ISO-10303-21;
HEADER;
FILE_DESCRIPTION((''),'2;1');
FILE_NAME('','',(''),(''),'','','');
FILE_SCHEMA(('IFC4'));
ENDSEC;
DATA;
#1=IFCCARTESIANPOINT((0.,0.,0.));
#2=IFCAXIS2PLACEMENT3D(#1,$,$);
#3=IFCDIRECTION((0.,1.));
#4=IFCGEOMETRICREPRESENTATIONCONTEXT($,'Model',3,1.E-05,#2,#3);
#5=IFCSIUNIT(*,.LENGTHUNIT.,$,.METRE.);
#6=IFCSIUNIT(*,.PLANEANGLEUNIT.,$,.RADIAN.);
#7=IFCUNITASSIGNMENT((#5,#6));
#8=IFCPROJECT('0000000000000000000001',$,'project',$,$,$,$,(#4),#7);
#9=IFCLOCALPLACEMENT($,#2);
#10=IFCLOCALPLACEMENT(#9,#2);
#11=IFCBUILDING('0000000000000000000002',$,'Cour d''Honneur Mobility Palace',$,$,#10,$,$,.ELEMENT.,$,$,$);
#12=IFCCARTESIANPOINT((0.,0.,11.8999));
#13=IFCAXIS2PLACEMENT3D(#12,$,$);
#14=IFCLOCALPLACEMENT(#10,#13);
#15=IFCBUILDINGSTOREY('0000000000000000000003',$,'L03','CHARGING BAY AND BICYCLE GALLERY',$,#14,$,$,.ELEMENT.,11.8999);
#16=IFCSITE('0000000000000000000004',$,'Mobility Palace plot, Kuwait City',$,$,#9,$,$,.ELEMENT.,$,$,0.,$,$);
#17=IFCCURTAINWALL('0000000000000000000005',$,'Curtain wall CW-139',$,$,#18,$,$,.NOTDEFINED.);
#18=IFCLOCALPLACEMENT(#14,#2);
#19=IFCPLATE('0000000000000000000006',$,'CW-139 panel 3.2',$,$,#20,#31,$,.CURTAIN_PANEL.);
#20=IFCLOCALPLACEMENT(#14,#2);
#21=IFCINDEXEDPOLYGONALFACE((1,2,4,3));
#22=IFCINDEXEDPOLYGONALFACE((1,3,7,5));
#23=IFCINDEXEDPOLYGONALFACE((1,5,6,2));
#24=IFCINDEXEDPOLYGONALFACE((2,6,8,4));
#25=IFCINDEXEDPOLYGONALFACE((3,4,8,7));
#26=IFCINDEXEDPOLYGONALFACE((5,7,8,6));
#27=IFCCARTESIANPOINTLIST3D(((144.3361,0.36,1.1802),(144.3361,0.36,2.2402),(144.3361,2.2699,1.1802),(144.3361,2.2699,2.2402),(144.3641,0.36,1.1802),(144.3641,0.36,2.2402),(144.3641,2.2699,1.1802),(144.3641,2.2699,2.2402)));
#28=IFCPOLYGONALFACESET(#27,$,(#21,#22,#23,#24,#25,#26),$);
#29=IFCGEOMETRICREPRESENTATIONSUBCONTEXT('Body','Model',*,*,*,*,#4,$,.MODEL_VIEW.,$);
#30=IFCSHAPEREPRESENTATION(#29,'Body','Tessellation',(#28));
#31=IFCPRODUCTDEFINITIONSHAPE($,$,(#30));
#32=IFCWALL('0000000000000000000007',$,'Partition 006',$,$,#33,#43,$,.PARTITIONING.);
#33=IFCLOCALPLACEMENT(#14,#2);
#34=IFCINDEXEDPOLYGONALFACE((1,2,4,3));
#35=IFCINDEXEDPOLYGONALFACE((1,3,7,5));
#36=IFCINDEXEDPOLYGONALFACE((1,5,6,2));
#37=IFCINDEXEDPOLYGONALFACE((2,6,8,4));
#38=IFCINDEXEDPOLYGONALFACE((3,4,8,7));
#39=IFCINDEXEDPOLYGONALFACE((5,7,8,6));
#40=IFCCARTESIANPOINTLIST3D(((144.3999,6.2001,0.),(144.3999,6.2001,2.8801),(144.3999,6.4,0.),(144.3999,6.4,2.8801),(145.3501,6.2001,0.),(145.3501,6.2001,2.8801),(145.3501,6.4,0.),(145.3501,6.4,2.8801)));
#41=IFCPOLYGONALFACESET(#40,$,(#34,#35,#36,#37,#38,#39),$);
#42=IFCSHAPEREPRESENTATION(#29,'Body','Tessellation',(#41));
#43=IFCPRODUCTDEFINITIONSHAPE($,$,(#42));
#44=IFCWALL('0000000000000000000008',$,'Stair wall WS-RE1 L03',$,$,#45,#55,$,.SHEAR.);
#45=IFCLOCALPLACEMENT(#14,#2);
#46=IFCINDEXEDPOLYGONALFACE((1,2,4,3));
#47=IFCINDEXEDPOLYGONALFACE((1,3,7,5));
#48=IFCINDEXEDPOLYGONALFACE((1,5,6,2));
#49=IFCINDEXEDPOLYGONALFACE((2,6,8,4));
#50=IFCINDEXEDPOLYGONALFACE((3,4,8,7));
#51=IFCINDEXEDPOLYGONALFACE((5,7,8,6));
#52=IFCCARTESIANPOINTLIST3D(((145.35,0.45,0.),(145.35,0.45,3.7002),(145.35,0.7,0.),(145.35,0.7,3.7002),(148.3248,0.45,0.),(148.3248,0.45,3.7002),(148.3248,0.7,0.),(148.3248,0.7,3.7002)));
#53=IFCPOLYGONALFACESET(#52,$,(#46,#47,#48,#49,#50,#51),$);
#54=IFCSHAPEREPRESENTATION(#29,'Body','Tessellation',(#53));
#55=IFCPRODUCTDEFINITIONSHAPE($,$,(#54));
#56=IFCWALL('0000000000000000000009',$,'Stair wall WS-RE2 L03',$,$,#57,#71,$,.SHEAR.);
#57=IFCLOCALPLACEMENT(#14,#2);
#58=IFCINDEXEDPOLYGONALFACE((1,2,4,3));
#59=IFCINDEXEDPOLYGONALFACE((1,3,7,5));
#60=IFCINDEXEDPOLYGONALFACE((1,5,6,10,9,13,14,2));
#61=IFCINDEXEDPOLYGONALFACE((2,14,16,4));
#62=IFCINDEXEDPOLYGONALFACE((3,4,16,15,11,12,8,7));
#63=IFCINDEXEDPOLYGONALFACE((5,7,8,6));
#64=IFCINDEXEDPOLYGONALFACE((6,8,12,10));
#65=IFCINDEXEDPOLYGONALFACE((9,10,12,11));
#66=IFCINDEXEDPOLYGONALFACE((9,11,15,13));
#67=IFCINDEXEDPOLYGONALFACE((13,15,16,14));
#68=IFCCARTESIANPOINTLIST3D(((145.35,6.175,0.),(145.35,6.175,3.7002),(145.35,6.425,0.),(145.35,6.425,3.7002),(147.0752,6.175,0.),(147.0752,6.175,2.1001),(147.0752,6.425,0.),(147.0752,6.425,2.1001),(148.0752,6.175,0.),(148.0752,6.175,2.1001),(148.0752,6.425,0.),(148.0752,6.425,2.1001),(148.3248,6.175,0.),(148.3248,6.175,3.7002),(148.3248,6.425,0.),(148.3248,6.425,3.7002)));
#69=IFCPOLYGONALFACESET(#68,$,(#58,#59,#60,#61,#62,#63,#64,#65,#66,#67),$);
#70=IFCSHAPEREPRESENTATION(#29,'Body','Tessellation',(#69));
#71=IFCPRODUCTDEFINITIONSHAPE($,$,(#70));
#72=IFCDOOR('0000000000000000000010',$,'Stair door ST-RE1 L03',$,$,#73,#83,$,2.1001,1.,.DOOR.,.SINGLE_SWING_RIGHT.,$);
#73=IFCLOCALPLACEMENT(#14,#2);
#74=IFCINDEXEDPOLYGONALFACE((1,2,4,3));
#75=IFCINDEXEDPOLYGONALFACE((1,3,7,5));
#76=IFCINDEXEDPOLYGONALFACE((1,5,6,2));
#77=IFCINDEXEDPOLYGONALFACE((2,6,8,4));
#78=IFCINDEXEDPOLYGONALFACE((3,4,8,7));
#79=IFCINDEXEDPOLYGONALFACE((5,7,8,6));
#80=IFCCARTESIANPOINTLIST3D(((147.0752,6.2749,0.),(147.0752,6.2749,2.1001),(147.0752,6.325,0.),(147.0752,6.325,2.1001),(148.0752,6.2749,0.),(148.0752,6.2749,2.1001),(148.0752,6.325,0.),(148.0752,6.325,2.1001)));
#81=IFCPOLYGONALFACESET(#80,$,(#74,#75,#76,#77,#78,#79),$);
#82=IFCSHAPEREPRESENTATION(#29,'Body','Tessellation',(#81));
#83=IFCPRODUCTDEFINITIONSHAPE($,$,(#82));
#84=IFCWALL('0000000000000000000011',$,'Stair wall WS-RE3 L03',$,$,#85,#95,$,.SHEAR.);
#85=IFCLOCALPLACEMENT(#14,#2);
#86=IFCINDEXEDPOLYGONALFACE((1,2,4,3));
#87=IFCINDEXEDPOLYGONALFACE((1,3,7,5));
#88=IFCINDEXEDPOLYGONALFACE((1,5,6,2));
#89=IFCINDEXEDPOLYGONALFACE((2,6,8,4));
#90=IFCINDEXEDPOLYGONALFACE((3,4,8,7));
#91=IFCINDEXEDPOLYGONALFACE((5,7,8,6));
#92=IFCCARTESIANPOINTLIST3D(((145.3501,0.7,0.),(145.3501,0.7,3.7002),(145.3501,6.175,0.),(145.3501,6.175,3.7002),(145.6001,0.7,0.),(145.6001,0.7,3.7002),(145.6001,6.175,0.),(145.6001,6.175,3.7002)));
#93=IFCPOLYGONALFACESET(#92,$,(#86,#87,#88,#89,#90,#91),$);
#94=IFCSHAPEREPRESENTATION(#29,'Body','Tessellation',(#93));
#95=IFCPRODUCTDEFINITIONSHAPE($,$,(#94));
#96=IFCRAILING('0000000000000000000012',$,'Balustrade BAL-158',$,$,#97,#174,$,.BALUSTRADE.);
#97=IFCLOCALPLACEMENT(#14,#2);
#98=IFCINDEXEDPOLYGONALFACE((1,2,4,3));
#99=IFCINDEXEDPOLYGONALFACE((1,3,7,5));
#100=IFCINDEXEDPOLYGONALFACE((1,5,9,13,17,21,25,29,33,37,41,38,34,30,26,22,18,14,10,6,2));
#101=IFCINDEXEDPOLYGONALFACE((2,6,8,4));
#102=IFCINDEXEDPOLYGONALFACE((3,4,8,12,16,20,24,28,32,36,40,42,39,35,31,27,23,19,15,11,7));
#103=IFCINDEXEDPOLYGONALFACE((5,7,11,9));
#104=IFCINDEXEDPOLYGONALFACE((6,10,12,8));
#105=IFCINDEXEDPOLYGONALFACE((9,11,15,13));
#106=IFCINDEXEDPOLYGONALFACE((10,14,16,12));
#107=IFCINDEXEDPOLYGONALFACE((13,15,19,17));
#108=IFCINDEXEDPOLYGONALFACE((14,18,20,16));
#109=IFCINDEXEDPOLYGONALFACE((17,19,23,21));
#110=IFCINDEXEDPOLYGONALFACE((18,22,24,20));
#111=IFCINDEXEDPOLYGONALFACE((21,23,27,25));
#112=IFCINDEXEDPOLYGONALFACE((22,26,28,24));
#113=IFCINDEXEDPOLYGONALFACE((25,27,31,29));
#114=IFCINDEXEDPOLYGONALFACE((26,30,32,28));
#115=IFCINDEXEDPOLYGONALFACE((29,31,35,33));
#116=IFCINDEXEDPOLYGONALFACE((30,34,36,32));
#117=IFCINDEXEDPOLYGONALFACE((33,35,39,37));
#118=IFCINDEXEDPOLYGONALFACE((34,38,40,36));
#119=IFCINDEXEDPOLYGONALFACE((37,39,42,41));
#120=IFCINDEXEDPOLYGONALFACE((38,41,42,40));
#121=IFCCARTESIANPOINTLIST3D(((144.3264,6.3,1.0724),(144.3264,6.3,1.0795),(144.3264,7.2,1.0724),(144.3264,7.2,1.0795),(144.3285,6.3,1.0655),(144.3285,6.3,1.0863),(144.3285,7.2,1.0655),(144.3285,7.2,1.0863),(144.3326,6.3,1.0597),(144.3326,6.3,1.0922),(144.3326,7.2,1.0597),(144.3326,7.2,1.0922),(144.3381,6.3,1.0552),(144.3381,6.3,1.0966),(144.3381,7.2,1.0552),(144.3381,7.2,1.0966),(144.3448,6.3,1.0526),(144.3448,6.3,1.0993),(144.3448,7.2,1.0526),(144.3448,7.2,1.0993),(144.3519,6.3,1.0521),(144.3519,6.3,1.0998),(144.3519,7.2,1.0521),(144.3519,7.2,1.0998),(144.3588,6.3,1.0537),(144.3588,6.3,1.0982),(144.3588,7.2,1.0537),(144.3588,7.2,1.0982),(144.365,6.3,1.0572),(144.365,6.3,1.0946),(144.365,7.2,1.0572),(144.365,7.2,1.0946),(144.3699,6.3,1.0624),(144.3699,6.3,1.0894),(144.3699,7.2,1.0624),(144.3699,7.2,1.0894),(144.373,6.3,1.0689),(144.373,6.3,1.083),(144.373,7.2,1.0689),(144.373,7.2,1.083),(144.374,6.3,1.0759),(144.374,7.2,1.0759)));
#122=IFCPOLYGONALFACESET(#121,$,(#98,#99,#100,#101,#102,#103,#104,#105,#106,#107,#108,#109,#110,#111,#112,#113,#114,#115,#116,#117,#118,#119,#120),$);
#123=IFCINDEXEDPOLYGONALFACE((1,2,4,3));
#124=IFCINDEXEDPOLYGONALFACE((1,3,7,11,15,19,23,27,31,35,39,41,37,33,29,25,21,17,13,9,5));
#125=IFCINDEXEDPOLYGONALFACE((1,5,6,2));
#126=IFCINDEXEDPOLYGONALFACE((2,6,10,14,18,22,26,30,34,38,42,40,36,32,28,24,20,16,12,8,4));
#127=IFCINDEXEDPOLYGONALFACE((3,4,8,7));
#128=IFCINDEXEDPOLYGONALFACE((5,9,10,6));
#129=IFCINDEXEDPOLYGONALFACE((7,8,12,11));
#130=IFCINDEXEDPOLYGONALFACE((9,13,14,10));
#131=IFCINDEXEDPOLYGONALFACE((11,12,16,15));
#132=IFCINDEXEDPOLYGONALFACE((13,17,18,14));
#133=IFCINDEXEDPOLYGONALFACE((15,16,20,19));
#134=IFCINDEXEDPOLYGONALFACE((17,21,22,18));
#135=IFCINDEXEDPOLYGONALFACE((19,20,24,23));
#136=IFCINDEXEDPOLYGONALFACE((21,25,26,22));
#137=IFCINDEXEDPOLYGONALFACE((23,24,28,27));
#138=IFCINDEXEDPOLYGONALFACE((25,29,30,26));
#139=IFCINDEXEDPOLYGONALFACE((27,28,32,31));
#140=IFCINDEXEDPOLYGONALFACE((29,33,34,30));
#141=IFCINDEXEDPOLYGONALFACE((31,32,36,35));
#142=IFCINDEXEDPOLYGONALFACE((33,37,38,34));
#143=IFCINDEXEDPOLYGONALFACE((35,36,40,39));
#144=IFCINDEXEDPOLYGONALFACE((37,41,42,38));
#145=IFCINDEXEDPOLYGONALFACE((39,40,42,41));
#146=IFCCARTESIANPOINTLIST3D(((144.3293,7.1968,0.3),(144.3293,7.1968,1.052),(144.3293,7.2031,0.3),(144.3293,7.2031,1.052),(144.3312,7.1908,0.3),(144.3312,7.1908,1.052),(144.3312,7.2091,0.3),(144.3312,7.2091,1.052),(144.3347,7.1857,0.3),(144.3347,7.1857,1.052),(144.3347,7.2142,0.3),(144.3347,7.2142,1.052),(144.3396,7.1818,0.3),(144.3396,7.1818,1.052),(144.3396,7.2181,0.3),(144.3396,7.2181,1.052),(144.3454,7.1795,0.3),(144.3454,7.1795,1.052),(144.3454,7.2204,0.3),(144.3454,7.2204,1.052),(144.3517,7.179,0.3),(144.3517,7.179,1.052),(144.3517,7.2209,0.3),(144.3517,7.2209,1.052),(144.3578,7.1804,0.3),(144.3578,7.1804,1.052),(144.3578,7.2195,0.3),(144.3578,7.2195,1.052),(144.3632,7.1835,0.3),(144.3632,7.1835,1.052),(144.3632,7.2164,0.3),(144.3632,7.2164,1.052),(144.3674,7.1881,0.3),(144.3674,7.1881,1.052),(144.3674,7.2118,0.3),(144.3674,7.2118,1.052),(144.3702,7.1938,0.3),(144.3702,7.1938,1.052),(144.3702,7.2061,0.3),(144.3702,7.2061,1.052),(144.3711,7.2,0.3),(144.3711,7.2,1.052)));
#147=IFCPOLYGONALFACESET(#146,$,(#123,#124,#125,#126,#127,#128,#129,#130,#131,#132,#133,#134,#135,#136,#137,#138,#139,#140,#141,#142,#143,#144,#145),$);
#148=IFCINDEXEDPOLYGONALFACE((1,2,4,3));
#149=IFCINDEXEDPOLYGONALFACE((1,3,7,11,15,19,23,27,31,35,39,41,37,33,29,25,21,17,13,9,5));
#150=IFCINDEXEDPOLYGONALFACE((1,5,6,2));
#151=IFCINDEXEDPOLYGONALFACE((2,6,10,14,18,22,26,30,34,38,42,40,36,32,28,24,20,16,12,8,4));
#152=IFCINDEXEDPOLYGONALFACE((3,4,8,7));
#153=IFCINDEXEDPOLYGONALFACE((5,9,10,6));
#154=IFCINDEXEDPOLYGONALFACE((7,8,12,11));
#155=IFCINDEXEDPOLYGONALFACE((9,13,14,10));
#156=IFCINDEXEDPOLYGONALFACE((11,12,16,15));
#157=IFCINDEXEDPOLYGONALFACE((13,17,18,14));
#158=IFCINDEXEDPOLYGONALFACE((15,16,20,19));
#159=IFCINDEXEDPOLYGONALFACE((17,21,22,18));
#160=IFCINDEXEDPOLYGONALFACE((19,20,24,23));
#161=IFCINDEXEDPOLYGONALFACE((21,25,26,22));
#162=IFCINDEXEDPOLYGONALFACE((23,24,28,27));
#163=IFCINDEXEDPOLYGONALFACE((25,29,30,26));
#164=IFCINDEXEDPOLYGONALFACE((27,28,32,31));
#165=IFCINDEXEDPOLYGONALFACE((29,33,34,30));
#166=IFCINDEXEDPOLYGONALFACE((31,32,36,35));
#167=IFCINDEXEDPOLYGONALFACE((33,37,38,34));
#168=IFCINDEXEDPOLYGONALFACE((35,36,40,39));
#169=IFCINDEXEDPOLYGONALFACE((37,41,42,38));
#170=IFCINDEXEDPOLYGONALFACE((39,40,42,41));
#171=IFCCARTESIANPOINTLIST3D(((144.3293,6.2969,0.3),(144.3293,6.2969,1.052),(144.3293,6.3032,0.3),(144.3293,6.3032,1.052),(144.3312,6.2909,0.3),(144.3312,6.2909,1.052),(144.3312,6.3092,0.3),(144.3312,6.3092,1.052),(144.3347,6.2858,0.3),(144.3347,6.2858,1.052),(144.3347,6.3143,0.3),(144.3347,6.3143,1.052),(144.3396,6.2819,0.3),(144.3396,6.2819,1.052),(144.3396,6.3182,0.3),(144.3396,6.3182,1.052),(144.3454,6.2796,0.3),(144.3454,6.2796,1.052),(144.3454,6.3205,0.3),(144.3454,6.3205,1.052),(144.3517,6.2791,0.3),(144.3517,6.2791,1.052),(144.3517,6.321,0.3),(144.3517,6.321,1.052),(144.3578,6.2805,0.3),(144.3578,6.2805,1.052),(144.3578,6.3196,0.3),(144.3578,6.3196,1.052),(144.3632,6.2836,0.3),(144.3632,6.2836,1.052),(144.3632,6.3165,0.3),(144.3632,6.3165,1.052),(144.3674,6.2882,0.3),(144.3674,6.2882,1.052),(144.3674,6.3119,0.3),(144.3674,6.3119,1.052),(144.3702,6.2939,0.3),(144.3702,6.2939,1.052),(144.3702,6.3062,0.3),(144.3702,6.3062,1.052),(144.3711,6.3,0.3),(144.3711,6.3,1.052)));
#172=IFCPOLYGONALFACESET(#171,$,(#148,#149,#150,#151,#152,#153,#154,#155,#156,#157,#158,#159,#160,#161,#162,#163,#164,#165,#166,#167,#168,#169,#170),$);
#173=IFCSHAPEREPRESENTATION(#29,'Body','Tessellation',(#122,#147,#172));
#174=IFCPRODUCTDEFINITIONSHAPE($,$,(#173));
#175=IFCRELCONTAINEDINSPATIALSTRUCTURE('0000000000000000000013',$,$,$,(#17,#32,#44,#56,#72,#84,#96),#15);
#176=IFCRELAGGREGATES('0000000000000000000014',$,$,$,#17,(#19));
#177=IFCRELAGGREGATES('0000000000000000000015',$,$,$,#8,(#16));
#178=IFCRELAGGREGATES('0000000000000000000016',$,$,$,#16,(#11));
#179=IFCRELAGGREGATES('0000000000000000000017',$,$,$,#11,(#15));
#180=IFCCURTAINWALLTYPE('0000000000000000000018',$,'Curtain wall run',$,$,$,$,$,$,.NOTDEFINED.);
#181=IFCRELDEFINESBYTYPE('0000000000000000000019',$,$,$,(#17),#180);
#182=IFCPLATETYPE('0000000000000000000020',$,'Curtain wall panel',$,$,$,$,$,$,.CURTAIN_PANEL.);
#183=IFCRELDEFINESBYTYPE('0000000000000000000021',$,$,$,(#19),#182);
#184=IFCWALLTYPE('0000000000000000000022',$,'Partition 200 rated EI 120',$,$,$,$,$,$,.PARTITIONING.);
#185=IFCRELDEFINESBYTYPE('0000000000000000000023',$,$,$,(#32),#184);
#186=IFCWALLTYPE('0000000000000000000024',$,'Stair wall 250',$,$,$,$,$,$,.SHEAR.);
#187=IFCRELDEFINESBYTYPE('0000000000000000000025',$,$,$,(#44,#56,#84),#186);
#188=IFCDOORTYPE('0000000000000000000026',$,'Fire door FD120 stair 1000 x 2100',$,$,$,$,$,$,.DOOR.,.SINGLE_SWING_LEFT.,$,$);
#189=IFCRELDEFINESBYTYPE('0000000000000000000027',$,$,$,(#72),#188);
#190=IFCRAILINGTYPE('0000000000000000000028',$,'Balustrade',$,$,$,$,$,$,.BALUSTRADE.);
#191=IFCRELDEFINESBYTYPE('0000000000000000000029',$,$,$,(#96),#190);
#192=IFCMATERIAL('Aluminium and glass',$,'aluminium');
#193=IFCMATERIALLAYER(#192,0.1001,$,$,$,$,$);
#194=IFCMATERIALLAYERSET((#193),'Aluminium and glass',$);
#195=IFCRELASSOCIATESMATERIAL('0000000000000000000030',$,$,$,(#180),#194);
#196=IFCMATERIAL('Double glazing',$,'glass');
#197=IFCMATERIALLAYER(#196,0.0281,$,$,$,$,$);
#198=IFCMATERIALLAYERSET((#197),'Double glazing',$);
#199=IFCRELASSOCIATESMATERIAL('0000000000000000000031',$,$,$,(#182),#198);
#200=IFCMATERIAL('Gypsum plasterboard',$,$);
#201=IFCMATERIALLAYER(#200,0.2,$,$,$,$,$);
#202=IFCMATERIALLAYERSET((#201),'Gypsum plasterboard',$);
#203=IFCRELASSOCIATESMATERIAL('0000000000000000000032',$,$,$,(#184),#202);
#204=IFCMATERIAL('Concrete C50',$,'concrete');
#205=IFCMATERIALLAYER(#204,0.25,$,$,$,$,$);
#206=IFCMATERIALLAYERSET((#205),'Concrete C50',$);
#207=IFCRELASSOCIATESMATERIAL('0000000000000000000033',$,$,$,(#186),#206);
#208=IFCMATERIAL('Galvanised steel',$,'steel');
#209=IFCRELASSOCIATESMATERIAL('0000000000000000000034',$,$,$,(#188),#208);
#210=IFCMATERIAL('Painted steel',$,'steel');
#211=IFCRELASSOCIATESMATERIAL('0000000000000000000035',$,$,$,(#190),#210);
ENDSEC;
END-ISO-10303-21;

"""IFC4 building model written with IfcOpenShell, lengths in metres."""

from ifc_helpers import new_model, si_unit, direction, frame, frame_2d, origin, origin_2d, place, context, subcontext, project, spatial, rectangle, circle, extrude, material, layer, layer_set, type_object, element, fill, aggregate, save


model = new_model("IFC4")

# Units and contexts
model_context = context("Model", 3, precision=1e-05, world=origin(), true_north=direction((0.0, 1.0)))
body_context = subcontext(model_context, "Body", "Model", "MODEL_VIEW")
ifc_project = project(units=[si_unit("LENGTHUNIT", "METRE"), si_unit("PLANEANGLEUNIT", "RADIAN")], contexts=[model_context])

# Site, building, storey
site_placement = place(None, origin())
site = spatial("IfcSite", under=ifc_project, at=site_placement, Name="Mobility Palace plot, Kuwait City", CompositionType="ELEMENT", RefElevation=0.0)
building_placement = place(site_placement, origin())
building = spatial("IfcBuilding", under=site, at=building_placement, Name="Cour d'Honneur Mobility Palace", CompositionType="ELEMENT")
storey_placement = place(building_placement, frame((0.0, 0.0, 11.8999)))
storey = spatial("IfcBuildingStorey", under=building, at=storey_placement, Name="L03", Description="CHARGING BAY AND BICYCLE GALLERY", CompositionType="ELEMENT", Elevation=11.8999)

# Curtain wall
ifc_material_1 = material(Name="Aluminium and glass", Category="aluminium")
ifc_layer_1 = layer(ifc_material_1, 0.1001)
ifc_layer_set_1 = layer_set([ifc_layer_1], Name="Aluminium and glass")
curtain_wall_type = type_object("IfcCurtainWallType", Name="Curtain wall run", PredefinedType="NOTDEFINED", material=ifc_layer_set_1)
curtain_wall_1_placement = place(storey_placement, origin())
curtain_wall_1 = element("IfcCurtainWall", 1, at=curtain_wall_1_placement, inside=storey, type_object=curtain_wall_type, Name="Curtain wall CW-139", PredefinedType="NOTDEFINED")

# Plate
ifc_material_2 = material(Name="Double glazing", Category="glass")
ifc_layer_2 = layer(ifc_material_2, 0.0281)
ifc_layer_set_2 = layer_set([ifc_layer_2], Name="Double glazing")
plate_type = type_object("IfcPlateType", Name="Curtain wall panel", PredefinedType="CURTAIN_PANEL", material=ifc_layer_set_2)
plate_1_placement = place(storey_placement, frame((144.3501, 1.3149, 1.1802), z_axis=(0.0, 0.0, 1.0), x_axis=(0.0, -1.0, 0.0)))
plate_1 = element("IfcPlate", 2, at=plate_1_placement, type_object=plate_type, Name="CW-139 panel 3.2", PredefinedType="CURTAIN_PANEL", context=body_context, shape_type="SweptSolid", body=[
    extrude(rectangle(XDim=1.9099, YDim=0.0281, at=origin_2d()), origin(), (0.0, 0.0, 1.0), 1.0601),
])
aggregate(curtain_wall_1, [plate_1])

# Walls
ifc_material_3 = material(Name="Gypsum plasterboard")
ifc_layer_3 = layer(ifc_material_3, 0.2)
ifc_layer_set_3 = layer_set([ifc_layer_3], Name="Gypsum plasterboard")
wall_type_1 = type_object("IfcWallType", Name="Partition 200 rated EI 120", PredefinedType="PARTITIONING", material=ifc_layer_set_3)
wall_1_placement = place(storey_placement, frame((144.3999, 6.3, 0.0), z_axis=(0.0, 0.0, 1.0), x_axis=(1.0, 0.0, 0.0)))
element("IfcWall", 3, at=wall_1_placement, inside=storey, type_object=wall_type_1, Name="Partition 006", PredefinedType="PARTITIONING", context=body_context, shape_type="SweptSolid", body=[
    extrude(rectangle(XDim=0.9502, YDim=0.2, at=frame_2d((0.4751, 0.0))), origin(), (0.0, 0.0, 1.0), 2.8801),
])
ifc_material_4 = material(Name="Concrete C50", Category="concrete")
ifc_layer_4 = layer(ifc_material_4, 0.25)
ifc_layer_set_4 = layer_set([ifc_layer_4], Name="Concrete C50")
wall_type_2 = type_object("IfcWallType", Name="Stair wall 250", PredefinedType="SHEAR", material=ifc_layer_set_4)
wall_2_placement = place(storey_placement, frame((145.3501, 0.575, 0.0), z_axis=(0.0, 0.0, 1.0), x_axis=(1.0, 0.0, 0.0)))
element("IfcWall", 4, at=wall_2_placement, inside=storey, type_object=wall_type_2, Name="Stair wall WS-RE1 L03", PredefinedType="SHEAR", context=body_context, shape_type="SweptSolid", body=[
    extrude(rectangle(XDim=2.9749, YDim=0.25, at=frame_2d((1.4873, 0.0))), origin(), (0.0, 0.0, 1.0), 3.7002),
])

# Wall, opening, door
wall_3_placement = place(storey_placement, frame((145.3501, 6.3, 0.0), z_axis=(0.0, 0.0, 1.0), x_axis=(1.0, 0.0, 0.0)))
wall_3 = element("IfcWall", 5, at=wall_3_placement, inside=storey, type_object=wall_type_2, Name="Stair wall WS-RE2 L03", PredefinedType="SHEAR", context=body_context, shape_type="SweptSolid", body=[
    extrude(rectangle(XDim=2.9749, YDim=0.25, at=frame_2d((1.4873, 0.0))), origin(), (0.0, 0.0, 1.0), 3.7002),
])
opening_placement = place(wall_3_placement, frame((1.7251, 0.0, 0.0)))
opening = element("IfcOpeningElement", 6, at=opening_placement, cuts=wall_3, PredefinedType="OPENING", context=body_context, shape_type="SweptSolid", body=[
    extrude(rectangle(XDim=1.0, YDim=2.1001, at=frame_2d((0.5, 1.05))), frame((0.0, 0.135, 0.0), z_axis=(0.0, -1.0, 0.0), x_axis=(1.0, 0.0, 0.0)), (0.0, 0.0, 1.0), 0.27),
])
ifc_material_5 = material(Name="Galvanised steel", Category="steel")
door_type = type_object("IfcDoorType", Name="Fire door FD120 stair 1000 x 2100", OperationType="SINGLE_SWING_LEFT", PredefinedType="DOOR", material=ifc_material_5)
door_placement = place(opening_placement, origin())
door = element("IfcDoor", 7, at=door_placement, inside=storey, type_object=door_type, Name="Stair door ST-RE1 L03", OperationType="SINGLE_SWING_RIGHT", OverallHeight=2.1001, OverallWidth=1.0, PredefinedType="DOOR", context=body_context, shape_type="SweptSolid", body=[
    extrude(rectangle(XDim=1.0, YDim=2.1001, at=frame_2d((0.5, 1.05))), frame((0.0, 0.0249, 0.0), z_axis=(0.0, -1.0, 0.0), x_axis=(1.0, 0.0, 0.0)), (0.0, 0.0, 1.0), 0.05),
])
fill(opening, door)

# Wall
wall_4_placement = place(storey_placement, frame((145.4751, 0.7, 0.0), z_axis=(0.0, 0.0, 1.0), x_axis=(0.0, 1.0, 0.0)))
element("IfcWall", 8, at=wall_4_placement, inside=storey, type_object=wall_type_2, Name="Stair wall WS-RE3 L03", PredefinedType="SHEAR", context=body_context, shape_type="SweptSolid", body=[
    extrude(rectangle(XDim=5.4751, YDim=0.25, at=frame_2d((2.7375, 0.0))), origin(), (0.0, 0.0, 1.0), 3.7002),
])

# Railing
ifc_material_6 = material(Name="Painted steel", Category="steel")
railing_type_1 = type_object("IfcRailingType", Name="Balustrade", PredefinedType="BALUSTRADE", material=ifc_material_6)
railing_1_placement = place(storey_placement, frame((144.3501, 7.2, 0.3)))
element("IfcRailing", 9, at=railing_1_placement, inside=storey, type_object=railing_type_1, Name="Balustrade BAL-158", PredefinedType="BALUSTRADE", context=body_context, shape_type="SweptSolid", body=[
    extrude(circle(Radius=0.0239, at=origin_2d()), frame((0.0, 0.0, 0.7759), z_axis=(0.0, -1.0, 0.0), x_axis=(1.0, 0.0, 0.0)), (0.0, 0.0, 1.0), 0.8999),
    extrude(circle(Radius=0.021, at=origin_2d()), origin(), (0.0, 0.0, 1.0), 0.752),
    extrude(circle(Radius=0.021, at=origin_2d()), frame((0.0, -0.8999, 0.0)), (0.0, 0.0, 1.0), 0.752),
])

save(model, "model.ifc")
